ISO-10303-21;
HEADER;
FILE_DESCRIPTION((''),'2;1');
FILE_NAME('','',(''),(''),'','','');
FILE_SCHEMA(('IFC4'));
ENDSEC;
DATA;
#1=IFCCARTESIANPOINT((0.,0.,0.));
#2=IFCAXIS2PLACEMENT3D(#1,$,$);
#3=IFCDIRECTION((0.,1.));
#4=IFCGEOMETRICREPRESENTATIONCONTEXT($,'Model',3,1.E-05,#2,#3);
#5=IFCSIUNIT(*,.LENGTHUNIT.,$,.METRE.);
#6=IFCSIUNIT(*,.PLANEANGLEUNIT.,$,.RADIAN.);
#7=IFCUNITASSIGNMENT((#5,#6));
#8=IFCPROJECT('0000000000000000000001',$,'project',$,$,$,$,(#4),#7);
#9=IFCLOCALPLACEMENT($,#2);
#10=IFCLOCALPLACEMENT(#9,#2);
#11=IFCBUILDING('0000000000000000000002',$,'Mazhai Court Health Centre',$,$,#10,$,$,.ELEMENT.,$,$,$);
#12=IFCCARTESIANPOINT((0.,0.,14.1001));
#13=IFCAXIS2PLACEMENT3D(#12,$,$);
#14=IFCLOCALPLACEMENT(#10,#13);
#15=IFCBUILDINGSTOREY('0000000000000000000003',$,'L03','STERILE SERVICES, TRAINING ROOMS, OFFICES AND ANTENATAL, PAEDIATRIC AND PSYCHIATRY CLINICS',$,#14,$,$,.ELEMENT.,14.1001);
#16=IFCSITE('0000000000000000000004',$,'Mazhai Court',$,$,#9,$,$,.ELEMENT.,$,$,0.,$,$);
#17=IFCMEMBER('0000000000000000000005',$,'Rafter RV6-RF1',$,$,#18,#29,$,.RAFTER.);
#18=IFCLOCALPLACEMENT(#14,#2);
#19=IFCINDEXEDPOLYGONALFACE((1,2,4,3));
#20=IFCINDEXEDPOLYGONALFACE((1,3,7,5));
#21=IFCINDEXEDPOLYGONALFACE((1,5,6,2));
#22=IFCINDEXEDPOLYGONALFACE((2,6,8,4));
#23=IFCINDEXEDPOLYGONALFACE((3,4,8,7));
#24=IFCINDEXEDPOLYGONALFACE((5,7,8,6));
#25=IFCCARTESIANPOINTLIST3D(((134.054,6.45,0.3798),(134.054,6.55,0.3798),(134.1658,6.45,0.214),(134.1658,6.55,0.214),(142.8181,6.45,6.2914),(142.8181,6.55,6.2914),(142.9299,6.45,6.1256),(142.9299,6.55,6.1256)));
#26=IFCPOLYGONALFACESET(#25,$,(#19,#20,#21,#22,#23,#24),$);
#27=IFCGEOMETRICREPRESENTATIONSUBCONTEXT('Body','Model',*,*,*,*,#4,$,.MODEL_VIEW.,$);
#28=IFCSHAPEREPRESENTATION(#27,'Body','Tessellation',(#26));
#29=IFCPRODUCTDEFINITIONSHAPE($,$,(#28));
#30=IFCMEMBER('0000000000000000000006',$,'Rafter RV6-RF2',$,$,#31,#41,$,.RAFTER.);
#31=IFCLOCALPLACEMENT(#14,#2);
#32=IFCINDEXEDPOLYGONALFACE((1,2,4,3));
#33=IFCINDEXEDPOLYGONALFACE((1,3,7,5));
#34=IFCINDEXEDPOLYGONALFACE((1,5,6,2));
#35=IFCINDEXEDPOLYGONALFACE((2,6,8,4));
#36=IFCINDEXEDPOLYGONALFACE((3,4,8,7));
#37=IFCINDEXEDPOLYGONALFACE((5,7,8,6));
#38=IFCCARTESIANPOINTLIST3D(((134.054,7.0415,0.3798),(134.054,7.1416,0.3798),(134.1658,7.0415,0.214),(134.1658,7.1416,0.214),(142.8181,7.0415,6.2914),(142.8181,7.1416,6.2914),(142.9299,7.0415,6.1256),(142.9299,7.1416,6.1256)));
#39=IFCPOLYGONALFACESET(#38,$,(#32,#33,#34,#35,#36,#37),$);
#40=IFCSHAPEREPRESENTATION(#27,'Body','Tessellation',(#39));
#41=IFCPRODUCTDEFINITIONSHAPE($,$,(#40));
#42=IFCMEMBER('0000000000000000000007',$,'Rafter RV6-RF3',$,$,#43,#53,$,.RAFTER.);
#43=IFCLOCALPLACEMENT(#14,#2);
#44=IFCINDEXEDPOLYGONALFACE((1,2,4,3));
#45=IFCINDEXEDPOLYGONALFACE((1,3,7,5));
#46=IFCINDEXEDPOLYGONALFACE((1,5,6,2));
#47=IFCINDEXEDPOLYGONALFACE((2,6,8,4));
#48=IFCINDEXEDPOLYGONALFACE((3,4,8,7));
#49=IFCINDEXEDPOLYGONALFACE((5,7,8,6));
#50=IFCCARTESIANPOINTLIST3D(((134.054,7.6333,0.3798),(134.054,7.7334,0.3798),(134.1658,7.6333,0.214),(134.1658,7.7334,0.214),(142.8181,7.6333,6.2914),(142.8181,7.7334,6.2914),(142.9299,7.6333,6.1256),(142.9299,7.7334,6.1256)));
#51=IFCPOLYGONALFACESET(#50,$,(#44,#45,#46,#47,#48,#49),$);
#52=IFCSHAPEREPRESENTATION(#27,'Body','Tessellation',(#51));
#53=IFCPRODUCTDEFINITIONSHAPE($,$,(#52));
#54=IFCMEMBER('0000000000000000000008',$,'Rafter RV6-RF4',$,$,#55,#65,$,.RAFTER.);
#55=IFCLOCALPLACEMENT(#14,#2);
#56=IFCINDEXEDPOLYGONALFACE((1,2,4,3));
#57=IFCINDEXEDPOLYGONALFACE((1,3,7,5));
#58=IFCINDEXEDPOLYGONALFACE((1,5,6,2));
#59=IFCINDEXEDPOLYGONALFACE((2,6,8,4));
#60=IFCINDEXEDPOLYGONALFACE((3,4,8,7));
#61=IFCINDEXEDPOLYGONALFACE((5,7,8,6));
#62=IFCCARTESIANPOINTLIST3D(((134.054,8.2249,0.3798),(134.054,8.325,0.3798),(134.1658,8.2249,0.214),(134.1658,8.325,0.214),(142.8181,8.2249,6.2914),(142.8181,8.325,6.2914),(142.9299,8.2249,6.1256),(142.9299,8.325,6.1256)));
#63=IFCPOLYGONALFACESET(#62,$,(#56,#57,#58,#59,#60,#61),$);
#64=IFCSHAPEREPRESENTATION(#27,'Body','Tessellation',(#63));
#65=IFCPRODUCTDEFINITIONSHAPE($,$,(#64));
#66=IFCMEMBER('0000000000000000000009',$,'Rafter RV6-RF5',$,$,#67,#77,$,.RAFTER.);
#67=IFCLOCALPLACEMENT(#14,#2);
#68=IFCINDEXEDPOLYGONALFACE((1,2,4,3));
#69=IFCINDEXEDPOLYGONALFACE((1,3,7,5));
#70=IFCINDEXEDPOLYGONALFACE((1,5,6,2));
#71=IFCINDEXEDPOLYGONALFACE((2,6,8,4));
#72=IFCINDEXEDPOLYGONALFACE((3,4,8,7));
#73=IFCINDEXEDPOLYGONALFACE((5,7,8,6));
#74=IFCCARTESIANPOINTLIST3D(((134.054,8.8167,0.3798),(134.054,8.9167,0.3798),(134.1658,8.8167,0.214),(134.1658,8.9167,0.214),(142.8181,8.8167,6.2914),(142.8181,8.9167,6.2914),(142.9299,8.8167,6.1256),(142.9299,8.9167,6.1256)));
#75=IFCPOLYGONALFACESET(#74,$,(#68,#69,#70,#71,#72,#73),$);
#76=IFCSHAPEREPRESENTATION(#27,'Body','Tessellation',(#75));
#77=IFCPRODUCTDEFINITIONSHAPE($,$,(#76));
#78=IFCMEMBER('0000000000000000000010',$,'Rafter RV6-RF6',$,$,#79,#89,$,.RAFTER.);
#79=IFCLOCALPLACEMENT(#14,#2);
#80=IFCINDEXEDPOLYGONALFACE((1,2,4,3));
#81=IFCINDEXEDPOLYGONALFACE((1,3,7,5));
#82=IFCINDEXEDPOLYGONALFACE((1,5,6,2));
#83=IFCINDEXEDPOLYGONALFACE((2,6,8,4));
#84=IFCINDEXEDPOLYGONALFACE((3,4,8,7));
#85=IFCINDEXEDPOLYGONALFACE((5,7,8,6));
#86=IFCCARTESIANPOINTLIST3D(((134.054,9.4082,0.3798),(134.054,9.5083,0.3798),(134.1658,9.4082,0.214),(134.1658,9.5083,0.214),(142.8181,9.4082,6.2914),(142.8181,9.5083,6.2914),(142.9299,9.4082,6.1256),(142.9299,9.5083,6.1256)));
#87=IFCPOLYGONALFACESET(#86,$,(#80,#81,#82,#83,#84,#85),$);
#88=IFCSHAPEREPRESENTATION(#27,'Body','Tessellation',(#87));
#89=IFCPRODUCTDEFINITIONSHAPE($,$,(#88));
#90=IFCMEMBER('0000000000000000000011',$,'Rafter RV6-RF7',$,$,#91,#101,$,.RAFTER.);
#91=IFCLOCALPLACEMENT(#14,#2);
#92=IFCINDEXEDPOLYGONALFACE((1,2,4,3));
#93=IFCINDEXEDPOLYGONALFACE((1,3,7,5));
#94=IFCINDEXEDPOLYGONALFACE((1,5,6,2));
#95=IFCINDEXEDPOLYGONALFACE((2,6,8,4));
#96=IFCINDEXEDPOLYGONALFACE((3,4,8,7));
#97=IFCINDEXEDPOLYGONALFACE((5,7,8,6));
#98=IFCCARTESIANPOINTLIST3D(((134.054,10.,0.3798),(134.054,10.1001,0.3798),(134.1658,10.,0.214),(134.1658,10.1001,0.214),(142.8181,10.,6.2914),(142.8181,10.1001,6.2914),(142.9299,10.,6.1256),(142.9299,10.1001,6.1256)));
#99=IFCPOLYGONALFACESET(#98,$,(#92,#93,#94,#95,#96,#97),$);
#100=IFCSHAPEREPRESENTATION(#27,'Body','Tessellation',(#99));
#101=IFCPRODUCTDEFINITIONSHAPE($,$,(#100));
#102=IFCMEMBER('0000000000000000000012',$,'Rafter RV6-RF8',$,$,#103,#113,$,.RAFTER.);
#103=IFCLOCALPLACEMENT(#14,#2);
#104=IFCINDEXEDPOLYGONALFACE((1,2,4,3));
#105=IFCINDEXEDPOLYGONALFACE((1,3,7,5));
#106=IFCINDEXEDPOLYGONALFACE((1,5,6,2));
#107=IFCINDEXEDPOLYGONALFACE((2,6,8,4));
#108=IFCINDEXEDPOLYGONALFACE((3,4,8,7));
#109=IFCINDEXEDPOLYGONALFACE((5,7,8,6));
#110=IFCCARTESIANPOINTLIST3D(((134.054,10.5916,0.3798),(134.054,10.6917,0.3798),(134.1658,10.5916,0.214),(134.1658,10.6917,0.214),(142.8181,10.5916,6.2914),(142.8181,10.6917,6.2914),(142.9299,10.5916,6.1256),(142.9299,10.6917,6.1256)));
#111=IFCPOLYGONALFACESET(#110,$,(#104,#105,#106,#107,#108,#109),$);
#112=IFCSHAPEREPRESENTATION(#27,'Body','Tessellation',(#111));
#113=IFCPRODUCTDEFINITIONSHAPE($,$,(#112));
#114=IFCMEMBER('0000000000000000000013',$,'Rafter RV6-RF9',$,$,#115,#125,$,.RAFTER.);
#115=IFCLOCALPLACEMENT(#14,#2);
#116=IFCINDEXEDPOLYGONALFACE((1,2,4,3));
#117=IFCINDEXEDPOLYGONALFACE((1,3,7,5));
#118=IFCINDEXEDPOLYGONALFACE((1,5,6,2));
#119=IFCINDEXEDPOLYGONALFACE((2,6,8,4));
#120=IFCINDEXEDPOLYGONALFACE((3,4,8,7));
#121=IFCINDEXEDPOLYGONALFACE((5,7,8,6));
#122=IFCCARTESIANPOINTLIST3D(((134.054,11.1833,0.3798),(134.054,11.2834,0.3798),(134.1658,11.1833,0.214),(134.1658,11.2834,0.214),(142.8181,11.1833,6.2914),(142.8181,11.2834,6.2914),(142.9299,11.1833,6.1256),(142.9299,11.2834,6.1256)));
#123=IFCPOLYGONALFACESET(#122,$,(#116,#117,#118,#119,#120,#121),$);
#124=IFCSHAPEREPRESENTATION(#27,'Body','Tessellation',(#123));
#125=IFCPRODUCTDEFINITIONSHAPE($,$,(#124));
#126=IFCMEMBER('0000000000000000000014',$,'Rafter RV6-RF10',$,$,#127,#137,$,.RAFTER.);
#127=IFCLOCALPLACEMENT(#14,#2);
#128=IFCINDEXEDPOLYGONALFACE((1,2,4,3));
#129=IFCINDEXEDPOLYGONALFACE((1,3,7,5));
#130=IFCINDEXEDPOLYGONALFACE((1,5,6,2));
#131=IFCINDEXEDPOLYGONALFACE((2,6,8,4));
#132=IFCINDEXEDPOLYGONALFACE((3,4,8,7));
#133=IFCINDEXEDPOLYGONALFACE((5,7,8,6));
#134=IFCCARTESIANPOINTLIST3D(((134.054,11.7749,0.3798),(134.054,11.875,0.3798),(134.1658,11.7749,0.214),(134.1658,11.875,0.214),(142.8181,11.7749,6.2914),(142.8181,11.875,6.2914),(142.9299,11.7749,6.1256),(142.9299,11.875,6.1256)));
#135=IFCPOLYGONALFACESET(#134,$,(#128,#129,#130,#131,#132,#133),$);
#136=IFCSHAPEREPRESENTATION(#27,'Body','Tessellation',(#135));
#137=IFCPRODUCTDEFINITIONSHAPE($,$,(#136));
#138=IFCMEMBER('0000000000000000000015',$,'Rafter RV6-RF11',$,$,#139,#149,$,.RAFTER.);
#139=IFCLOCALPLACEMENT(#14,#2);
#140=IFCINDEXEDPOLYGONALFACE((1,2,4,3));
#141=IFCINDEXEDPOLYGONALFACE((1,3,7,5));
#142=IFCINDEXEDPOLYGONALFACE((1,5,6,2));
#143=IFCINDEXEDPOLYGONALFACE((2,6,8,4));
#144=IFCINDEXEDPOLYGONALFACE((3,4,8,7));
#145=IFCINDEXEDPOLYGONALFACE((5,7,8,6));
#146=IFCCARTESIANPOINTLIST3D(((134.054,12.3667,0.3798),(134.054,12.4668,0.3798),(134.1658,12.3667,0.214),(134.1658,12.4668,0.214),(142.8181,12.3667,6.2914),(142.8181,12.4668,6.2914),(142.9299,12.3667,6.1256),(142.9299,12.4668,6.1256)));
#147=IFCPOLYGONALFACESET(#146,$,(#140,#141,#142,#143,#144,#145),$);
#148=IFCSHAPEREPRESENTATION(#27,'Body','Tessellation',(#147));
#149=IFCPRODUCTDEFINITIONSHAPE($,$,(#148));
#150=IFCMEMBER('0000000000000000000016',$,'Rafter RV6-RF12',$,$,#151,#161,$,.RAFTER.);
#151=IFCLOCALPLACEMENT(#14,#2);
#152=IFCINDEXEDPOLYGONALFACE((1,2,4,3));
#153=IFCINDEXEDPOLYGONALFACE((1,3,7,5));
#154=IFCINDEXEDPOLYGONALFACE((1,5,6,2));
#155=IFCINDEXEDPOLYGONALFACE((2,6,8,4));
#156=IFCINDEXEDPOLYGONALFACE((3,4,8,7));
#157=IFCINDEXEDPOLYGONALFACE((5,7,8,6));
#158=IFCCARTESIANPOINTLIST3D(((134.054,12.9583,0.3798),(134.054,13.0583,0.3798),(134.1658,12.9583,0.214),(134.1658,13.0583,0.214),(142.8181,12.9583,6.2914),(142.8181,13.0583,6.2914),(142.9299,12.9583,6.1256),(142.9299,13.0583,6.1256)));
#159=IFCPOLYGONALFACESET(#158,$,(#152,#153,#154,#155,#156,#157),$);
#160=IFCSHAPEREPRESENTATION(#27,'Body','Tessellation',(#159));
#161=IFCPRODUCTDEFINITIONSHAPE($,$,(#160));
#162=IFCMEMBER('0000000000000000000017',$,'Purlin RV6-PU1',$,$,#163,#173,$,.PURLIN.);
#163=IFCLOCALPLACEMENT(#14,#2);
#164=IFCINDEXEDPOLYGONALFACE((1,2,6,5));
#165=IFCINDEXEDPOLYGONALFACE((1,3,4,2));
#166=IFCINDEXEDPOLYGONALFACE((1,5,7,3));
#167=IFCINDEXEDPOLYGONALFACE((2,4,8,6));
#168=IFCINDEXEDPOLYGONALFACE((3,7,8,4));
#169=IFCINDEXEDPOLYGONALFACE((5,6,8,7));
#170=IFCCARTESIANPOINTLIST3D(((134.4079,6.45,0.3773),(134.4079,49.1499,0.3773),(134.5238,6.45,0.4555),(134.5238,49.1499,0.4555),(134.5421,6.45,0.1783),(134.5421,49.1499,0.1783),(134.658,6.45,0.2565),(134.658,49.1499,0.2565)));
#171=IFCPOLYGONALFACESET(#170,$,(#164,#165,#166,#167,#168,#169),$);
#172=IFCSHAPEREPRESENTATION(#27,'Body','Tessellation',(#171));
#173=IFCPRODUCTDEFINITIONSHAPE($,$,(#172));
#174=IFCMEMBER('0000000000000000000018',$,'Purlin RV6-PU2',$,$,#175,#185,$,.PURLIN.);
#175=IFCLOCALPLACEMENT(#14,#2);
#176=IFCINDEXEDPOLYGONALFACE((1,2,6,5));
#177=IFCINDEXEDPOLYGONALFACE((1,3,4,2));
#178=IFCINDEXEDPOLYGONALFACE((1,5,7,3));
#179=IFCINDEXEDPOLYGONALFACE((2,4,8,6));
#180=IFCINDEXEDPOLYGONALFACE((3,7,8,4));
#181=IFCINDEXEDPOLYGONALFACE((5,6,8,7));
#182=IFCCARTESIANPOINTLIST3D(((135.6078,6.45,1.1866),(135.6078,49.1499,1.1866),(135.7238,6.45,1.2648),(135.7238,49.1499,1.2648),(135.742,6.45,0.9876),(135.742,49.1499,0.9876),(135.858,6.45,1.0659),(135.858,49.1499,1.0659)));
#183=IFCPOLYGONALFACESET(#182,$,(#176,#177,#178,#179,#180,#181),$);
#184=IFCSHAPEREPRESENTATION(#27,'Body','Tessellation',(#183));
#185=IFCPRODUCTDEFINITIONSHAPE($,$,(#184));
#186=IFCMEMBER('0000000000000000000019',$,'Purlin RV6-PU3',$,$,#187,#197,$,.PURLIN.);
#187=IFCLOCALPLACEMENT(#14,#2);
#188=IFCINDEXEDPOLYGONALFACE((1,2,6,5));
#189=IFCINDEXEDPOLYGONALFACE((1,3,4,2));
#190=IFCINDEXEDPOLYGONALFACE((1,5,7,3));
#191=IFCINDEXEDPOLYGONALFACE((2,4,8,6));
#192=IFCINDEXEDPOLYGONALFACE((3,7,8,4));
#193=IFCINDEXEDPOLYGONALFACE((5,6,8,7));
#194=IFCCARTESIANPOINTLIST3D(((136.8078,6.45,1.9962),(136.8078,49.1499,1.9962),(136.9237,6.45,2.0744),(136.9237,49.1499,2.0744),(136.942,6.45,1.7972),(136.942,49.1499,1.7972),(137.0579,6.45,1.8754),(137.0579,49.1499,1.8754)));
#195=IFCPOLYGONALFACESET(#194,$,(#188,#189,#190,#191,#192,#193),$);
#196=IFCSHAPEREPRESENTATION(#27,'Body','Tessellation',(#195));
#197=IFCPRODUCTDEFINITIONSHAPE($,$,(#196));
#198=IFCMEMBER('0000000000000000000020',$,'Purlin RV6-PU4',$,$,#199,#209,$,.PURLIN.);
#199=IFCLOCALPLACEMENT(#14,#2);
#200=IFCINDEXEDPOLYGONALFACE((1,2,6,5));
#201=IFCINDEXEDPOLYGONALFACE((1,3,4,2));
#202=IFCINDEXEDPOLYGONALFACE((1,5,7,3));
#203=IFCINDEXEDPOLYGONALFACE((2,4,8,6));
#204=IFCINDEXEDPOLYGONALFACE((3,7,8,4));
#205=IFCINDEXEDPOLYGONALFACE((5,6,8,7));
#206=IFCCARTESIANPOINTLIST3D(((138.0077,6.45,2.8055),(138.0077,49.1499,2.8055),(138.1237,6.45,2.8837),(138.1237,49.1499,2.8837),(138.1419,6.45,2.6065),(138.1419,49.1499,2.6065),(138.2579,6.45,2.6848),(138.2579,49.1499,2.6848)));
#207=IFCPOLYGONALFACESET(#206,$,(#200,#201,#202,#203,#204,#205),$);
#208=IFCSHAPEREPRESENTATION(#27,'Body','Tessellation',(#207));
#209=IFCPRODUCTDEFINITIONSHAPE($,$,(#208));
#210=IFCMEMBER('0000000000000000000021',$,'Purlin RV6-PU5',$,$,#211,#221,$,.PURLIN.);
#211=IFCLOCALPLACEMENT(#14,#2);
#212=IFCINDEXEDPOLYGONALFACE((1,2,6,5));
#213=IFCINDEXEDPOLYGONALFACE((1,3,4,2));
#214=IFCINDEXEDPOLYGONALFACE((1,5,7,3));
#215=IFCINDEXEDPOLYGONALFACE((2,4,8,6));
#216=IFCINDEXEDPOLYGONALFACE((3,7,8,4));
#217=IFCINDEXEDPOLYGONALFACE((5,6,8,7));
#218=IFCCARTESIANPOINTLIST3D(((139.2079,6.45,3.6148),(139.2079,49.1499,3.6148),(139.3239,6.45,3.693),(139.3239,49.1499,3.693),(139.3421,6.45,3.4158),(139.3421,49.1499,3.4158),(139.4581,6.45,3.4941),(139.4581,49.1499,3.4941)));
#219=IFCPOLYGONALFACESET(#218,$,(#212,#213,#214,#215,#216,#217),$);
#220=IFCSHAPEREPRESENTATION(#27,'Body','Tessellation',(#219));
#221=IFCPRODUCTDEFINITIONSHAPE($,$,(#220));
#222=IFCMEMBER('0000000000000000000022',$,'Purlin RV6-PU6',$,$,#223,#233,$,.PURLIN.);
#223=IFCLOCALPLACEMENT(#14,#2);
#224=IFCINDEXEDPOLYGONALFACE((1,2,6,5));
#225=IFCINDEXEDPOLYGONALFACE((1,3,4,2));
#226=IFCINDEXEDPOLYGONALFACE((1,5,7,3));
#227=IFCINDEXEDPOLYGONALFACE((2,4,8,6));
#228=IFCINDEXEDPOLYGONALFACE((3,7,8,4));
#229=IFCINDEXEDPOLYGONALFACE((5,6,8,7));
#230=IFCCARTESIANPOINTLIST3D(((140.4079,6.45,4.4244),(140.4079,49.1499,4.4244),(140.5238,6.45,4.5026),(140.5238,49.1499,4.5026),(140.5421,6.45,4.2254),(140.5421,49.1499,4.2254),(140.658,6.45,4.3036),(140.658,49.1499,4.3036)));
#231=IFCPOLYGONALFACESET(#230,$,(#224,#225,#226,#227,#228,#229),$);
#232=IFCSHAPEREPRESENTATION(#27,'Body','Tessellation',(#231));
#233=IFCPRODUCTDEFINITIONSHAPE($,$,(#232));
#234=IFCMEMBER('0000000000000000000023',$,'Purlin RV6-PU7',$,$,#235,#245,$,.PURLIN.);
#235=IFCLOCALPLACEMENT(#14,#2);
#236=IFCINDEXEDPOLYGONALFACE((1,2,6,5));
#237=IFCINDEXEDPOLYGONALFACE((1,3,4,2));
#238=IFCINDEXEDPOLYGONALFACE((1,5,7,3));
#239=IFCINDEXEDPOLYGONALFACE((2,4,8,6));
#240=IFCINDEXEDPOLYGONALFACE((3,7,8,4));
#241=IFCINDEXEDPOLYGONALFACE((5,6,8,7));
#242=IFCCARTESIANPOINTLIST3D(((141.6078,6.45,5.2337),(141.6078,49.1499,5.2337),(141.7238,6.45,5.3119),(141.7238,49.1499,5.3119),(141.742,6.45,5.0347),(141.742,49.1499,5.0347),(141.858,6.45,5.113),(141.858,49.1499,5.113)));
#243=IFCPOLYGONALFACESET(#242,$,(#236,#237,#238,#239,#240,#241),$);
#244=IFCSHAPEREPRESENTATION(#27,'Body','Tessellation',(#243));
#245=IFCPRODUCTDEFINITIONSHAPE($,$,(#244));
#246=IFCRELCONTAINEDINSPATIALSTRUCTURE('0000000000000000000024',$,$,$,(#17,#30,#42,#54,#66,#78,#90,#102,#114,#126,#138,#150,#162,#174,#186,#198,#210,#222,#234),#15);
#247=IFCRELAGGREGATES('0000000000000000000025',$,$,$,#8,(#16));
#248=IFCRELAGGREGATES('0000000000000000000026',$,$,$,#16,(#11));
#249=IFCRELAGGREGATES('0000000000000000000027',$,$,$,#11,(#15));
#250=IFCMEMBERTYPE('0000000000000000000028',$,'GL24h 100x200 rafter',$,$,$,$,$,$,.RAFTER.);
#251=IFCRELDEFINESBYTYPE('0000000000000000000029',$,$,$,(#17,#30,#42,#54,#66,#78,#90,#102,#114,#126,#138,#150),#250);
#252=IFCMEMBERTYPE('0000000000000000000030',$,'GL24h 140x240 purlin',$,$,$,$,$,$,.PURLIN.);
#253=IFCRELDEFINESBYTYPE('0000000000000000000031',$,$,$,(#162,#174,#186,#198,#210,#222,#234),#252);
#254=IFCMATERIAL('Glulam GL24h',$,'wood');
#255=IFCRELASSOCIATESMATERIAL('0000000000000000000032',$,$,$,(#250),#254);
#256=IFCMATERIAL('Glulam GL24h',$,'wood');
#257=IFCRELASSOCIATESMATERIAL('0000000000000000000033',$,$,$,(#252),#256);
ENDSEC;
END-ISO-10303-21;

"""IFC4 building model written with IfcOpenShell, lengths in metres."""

from ifc_helpers import new_model, si_unit, direction, frame, origin, origin_2d, place, context, subcontext, project, spatial, rectangle, extrude, material, material_profile, profile_set, type_object, element, save


model = new_model("IFC4")

# Units and contexts
model_context = context("Model", 3, precision=1e-05, world=origin(), true_north=direction((0.0, 1.0)))
body_context = subcontext(model_context, "Body", "Model", "MODEL_VIEW")
ifc_project = project(units=[si_unit("LENGTHUNIT", "METRE"), si_unit("PLANEANGLEUNIT", "RADIAN")], contexts=[model_context])

# Site, building, storey
site_placement = place(None, origin())
site = spatial("IfcSite", under=ifc_project, at=site_placement, Name="Mazhai Court", CompositionType="ELEMENT", RefElevation=0.0)
building_placement = place(site_placement, origin())
building = spatial("IfcBuilding", under=site, at=building_placement, Name="Mazhai Court Health Centre", CompositionType="ELEMENT")
storey_placement = place(building_placement, frame((0.0, 0.0, 14.1001)))
storey = spatial("IfcBuildingStorey", under=building, at=storey_placement, Name="L03", Description="STERILE SERVICES, TRAINING ROOMS, OFFICES AND ANTENATAL, PAEDIATRIC AND PSYCHIATRY CLINICS", CompositionType="ELEMENT", Elevation=14.1001)

# Members
ifc_material_1 = material(Name="Glulam GL24h", Category="wood")
ifc_material_profile_1 = material_profile(ifc_material_1, rectangle(XDim=0.1001, YDim=0.2, at=origin_2d()), Name="GL24h 100x200")
ifc_profile_set_1 = profile_set([ifc_material_profile_1], Name="Glulam GL24h")
member_type_1 = type_object("IfcMemberType", Name="GL24h 100x200 rafter", PredefinedType="RAFTER", material=ifc_profile_set_1)
for number, where, z_axis, x_axis, name in (
    (1, (134.1099, 6.5, 0.2969), (0.829032, 0.0, 0.559201), (0.0, 1.0, 0.0), "Rafter RV6-RF1"),
    (2, (134.1099, 7.0916, 0.2969), (0.829032, 0.0, 0.559201), (0.0, 1.0, 0.0), "Rafter RV6-RF2"),
    (3, (134.1099, 7.6833, 0.2969), (0.829032, 0.0, 0.559201), (0.0, 1.0, 0.0), "Rafter RV6-RF3"),
    (4, (134.1099, 8.2749, 0.2969), (0.829032, 0.0, 0.559201), (0.0, 1.0, 0.0), "Rafter RV6-RF4"),
    (5, (134.1099, 8.8667, 0.2969), (0.829032, 0.0, 0.559201), (0.0, 1.0, 0.0), "Rafter RV6-RF5"),
    (6, (134.1099, 9.4583, 0.2969), (0.829032, 0.0, 0.559201), (0.0, 1.0, 0.0), "Rafter RV6-RF6"),
    (7, (134.1099, 10.05, 0.2969), (0.829032, 0.0, 0.559201), (0.0, 1.0, 0.0), "Rafter RV6-RF7"),
    (8, (134.1099, 10.6416, 0.2969), (0.829032, 0.0, 0.559201), (0.0, 1.0, 0.0), "Rafter RV6-RF8"),
    (9, (134.1099, 11.2334, 0.2969), (0.829032, 0.0, 0.559201), (0.0, 1.0, 0.0), "Rafter RV6-RF9"),
    (10, (134.1099, 11.825, 0.2969), (0.829032, 0.0, 0.559201), (0.0, 1.0, 0.0), "Rafter RV6-RF10"),
    (11, (134.1099, 12.4167, 0.2969), (0.829032, 0.0, 0.559201), (0.0, 1.0, 0.0), "Rafter RV6-RF11"),
    (12, (134.1099, 13.0083, 0.2969), (0.829032, 0.0, 0.559201), (0.0, 1.0, 0.0), "Rafter RV6-RF12"),
):
    element("IfcMember", number, at=place(storey_placement, frame(where, z_axis=z_axis, x_axis=x_axis)), inside=storey, type_object=member_type_1, Name=name, PredefinedType="RAFTER", context=body_context, shape_type="SweptSolid", body=[
        extrude(rectangle(XDim=0.1001, YDim=0.2, at=origin_2d()), origin(), (0.0, 0.0, 1.0), 10.5715),
    ])
ifc_material_2 = material(Name="Glulam GL24h", Category="wood")
ifc_material_profile_2 = material_profile(ifc_material_2, rectangle(XDim=0.1399, YDim=0.24, at=origin_2d()), Name="GL24h 140x240")
ifc_profile_set_2 = profile_set([ifc_material_profile_2], Name="Glulam GL24h")
member_type_2 = type_object("IfcMemberType", Name="GL24h 140x240 purlin", PredefinedType="PURLIN", material=ifc_profile_set_2)
for number, where, z_axis, x_axis, name in (
    (13, (134.533, 6.45, 0.3169), (0.0, 1.0, 0.0), (-0.829038, 0.0, -0.559193), "Purlin RV6-PU1"),
    (14, (135.7329, 6.45, 1.1262), (0.0, 1.0, 0.0), (-0.829038, 0.0, -0.559193), "Purlin RV6-PU2"),
    (15, (136.9329, 6.45, 1.9358), (0.0, 1.0, 0.0), (-0.829038, 0.0, -0.559193), "Purlin RV6-PU3"),
    (16, (138.1328, 6.45, 2.7451), (0.0, 1.0, 0.0), (-0.829038, 0.0, -0.559193), "Purlin RV6-PU4"),
    (17, (139.333, 6.45, 3.5544), (0.0, 1.0, 0.0), (-0.829038, 0.0, -0.559193), "Purlin RV6-PU5"),
    (18, (140.533, 6.45, 4.364), (0.0, 1.0, 0.0), (-0.829038, 0.0, -0.559193), "Purlin RV6-PU6"),
    (19, (141.7329, 6.45, 5.1733), (0.0, 1.0, 0.0), (-0.829038, 0.0, -0.559193), "Purlin RV6-PU7"),
):
    element("IfcMember", number, at=place(storey_placement, frame(where, z_axis=z_axis, x_axis=x_axis)), inside=storey, type_object=member_type_2, Name=name, PredefinedType="PURLIN", context=body_context, shape_type="SweptSolid", body=[
        extrude(rectangle(XDim=0.1399, YDim=0.24, at=origin_2d()), origin(), (0.0, 0.0, 1.0), 42.7),
    ])

save(model, "model.ifc")
